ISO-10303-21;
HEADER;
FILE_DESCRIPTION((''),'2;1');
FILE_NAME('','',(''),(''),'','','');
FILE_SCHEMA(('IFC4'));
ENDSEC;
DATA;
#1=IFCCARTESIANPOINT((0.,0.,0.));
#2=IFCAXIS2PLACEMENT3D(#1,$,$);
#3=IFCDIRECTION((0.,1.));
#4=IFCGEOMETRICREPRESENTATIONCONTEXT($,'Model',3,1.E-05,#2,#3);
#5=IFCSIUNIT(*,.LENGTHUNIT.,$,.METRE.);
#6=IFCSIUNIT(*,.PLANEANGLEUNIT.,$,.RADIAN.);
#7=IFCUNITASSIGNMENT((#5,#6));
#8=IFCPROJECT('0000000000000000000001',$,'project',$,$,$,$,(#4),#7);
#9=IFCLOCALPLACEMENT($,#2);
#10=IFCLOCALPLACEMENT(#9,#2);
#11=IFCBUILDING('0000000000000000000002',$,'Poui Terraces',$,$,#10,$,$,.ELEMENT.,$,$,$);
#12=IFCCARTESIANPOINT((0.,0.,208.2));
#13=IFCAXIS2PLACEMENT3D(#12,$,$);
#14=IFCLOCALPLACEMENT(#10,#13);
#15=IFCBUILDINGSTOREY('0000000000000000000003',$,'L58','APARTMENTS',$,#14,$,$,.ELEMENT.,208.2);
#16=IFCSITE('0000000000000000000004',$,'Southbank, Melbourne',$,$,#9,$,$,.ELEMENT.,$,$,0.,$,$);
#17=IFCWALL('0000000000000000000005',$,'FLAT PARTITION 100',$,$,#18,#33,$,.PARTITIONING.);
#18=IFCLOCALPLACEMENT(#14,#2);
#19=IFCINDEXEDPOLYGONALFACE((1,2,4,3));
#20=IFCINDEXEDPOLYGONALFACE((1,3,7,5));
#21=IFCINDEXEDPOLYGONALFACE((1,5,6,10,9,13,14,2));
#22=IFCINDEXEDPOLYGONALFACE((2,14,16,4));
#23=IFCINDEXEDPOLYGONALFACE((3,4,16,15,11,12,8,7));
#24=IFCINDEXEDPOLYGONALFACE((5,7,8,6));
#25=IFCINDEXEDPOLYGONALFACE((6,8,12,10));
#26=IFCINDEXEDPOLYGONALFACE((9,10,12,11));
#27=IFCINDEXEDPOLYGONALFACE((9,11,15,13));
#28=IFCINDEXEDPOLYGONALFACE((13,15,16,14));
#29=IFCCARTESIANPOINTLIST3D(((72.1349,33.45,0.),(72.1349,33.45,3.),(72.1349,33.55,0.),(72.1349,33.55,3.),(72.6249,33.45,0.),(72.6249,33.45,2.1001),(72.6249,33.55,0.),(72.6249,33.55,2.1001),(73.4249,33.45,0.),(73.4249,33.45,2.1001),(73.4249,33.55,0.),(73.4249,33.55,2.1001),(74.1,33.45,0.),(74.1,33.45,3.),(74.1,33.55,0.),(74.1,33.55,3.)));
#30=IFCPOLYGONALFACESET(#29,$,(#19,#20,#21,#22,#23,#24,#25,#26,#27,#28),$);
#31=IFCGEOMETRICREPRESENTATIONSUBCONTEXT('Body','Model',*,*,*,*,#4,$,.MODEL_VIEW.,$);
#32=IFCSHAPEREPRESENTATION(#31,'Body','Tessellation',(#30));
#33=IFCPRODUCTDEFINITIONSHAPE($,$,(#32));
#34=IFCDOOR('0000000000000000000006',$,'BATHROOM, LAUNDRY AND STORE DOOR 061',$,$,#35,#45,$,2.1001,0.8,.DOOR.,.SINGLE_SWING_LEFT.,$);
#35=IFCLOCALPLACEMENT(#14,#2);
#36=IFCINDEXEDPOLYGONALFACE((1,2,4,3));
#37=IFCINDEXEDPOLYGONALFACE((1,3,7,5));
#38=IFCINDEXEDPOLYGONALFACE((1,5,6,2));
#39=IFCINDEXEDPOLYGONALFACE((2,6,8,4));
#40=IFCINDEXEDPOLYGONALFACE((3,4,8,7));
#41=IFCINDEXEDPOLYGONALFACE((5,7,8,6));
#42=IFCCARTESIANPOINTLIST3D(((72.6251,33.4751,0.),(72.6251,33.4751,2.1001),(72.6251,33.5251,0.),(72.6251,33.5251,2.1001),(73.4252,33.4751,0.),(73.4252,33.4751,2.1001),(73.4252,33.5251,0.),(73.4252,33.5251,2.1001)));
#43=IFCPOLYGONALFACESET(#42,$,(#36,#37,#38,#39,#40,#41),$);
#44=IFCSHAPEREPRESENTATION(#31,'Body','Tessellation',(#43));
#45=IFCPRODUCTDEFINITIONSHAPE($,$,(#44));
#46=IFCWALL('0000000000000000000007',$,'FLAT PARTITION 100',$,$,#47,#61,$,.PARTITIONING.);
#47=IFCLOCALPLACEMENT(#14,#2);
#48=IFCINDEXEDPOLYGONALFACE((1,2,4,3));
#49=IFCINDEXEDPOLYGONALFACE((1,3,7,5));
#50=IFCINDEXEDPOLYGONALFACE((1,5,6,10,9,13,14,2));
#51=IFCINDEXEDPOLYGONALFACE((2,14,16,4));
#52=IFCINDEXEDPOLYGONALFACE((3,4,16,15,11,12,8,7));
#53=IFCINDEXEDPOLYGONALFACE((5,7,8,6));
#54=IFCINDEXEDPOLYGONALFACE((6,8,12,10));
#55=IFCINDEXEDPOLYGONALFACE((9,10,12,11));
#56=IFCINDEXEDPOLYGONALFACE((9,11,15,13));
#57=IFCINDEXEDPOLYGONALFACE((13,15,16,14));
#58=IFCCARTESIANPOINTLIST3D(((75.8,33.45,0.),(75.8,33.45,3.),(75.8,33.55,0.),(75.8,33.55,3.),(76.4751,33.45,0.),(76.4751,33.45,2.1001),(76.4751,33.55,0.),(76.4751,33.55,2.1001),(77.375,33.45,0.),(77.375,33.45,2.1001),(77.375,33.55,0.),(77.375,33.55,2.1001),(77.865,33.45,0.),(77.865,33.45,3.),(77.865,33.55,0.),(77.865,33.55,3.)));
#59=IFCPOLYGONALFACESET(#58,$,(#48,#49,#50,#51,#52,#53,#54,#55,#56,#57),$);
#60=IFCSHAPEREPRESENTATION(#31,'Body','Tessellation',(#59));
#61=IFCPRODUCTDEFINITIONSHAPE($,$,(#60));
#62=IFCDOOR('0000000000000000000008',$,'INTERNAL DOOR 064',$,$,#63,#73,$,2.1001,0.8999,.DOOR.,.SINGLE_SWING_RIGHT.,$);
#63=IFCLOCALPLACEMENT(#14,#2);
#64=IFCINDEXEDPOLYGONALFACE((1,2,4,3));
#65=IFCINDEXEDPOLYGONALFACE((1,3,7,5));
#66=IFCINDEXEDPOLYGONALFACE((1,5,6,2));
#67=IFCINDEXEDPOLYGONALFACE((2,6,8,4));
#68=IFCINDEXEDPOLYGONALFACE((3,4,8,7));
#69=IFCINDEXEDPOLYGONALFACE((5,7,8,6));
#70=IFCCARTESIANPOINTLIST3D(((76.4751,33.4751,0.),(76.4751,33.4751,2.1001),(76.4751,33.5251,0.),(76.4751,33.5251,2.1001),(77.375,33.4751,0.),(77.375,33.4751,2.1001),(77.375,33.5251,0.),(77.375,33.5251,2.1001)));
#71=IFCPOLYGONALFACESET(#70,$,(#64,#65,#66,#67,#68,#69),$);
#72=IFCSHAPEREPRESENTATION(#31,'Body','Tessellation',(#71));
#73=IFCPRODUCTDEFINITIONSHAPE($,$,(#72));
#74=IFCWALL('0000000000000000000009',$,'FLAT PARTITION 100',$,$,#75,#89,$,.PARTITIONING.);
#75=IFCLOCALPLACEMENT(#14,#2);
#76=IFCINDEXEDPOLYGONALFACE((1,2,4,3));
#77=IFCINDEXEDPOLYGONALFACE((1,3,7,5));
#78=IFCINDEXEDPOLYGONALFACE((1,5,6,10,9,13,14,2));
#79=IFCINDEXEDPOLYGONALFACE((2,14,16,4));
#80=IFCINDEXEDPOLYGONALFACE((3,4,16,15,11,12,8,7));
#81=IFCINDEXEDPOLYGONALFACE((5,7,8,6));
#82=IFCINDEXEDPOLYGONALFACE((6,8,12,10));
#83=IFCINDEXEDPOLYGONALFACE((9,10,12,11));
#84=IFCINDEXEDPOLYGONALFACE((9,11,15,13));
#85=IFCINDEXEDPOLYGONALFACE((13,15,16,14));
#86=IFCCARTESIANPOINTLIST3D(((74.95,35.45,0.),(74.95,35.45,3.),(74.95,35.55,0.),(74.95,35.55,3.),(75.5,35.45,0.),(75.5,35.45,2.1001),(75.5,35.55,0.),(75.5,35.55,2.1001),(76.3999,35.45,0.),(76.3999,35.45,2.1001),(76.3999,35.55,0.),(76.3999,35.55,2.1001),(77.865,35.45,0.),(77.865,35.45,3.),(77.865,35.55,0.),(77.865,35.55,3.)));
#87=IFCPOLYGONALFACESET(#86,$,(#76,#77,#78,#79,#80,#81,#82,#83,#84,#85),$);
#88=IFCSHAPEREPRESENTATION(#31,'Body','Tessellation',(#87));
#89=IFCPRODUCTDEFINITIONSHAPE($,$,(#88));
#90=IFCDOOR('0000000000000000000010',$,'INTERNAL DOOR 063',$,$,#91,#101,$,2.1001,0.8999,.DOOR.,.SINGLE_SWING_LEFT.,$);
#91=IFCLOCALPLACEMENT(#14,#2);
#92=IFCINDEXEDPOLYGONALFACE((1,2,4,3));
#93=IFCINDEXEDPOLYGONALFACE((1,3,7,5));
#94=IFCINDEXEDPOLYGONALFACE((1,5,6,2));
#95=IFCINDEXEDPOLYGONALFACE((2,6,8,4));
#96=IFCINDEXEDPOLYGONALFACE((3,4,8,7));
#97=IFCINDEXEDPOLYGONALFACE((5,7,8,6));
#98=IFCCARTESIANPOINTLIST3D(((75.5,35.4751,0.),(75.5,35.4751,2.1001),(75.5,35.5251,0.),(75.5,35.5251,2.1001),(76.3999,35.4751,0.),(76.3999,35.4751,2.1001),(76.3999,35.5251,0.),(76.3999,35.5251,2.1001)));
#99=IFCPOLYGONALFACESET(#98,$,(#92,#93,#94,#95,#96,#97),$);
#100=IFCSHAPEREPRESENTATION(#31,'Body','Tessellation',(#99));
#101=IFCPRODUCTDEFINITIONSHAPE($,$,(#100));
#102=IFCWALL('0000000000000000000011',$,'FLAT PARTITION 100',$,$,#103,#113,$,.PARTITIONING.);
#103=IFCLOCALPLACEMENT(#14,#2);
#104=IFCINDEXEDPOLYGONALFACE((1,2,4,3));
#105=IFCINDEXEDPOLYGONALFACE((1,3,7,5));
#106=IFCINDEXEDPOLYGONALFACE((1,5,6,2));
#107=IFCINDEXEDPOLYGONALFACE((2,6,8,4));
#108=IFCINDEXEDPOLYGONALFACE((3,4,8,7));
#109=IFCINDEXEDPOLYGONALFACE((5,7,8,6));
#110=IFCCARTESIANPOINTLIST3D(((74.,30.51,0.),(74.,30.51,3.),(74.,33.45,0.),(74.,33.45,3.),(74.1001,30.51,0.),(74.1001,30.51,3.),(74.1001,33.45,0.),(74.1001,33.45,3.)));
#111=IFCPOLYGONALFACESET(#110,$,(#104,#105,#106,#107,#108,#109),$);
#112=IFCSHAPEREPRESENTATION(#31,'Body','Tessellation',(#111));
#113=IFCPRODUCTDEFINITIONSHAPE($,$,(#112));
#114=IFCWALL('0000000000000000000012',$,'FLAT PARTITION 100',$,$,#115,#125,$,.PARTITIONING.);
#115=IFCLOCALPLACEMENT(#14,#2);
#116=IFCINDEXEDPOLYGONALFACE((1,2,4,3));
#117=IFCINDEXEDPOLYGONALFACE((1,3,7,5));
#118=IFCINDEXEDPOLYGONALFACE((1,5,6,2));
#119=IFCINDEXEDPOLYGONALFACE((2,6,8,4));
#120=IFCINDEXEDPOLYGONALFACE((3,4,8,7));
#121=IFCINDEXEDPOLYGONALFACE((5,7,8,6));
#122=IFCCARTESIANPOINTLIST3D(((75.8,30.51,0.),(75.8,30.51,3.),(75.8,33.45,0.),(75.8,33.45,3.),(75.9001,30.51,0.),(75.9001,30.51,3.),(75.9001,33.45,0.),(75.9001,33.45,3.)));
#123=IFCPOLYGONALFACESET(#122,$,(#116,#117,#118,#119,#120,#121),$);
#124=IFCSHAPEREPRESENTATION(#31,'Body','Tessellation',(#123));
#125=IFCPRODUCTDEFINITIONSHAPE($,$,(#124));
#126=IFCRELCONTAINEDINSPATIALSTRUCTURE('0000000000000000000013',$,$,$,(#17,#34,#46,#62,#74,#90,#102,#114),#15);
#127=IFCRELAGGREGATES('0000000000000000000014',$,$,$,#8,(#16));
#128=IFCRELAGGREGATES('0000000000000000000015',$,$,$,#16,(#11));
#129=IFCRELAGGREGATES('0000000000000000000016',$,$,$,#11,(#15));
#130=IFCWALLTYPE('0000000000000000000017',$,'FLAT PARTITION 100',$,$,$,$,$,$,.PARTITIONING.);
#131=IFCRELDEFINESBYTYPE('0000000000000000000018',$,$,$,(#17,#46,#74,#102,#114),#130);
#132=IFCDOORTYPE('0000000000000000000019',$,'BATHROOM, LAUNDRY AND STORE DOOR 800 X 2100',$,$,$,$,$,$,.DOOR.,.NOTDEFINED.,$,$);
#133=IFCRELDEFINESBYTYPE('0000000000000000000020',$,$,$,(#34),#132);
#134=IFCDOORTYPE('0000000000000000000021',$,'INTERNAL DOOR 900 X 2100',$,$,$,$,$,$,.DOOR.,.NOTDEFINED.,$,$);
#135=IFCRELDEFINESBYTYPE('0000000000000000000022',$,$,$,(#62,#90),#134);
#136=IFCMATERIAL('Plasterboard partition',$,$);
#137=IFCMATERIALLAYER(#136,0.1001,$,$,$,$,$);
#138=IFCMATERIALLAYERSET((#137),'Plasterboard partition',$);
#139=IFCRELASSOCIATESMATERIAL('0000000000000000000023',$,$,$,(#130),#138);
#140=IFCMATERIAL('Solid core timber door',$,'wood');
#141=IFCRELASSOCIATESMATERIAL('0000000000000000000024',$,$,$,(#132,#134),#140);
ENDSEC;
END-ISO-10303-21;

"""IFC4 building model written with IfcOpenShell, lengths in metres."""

from ifc_helpers import new_model, si_unit, direction, frame, frame_2d, origin, place, context, subcontext, project, spatial, rectangle, extrude, material, layer, layer_set, type_object, element, fill, save


model = new_model("IFC4")

# Units and contexts
model_context = context("Model", 3, precision=1e-05, world=origin(), true_north=direction((0.0, 1.0)))
body_context = subcontext(model_context, "Body", "Model", "MODEL_VIEW")
ifc_project = project(units=[si_unit("LENGTHUNIT", "METRE"), si_unit("PLANEANGLEUNIT", "RADIAN")], contexts=[model_context])

# Site, building, storey
site_placement = place(None, origin())
site = spatial("IfcSite", under=ifc_project, at=site_placement, Name="Southbank, Melbourne", CompositionType="ELEMENT", RefElevation=0.0)
building_placement = place(site_placement, origin())
building = spatial("IfcBuilding", under=site, at=building_placement, Name="Poui Terraces", CompositionType="ELEMENT")
storey_placement = place(building_placement, frame((0.0, 0.0, 208.2)))
storey = spatial("IfcBuildingStorey", under=building, at=storey_placement, Name="L58", Description="APARTMENTS", CompositionType="ELEMENT", Elevation=208.2)

# Walls, openings, doors
ifc_material_1 = material(Name="Plasterboard partition")
ifc_layer = layer(ifc_material_1, 0.1001)
ifc_layer_set = layer_set([ifc_layer], Name="Plasterboard partition")
wall_type = type_object("IfcWallType", Name="FLAT PARTITION 100", PredefinedType="PARTITIONING", material=ifc_layer_set)
wall_1_placement = place(storey_placement, frame((72.135, 33.5, 0.0), z_axis=(0.0, 0.0, 1.0), x_axis=(1.0, 0.0, 0.0)))
wall_1 = element("IfcWall", 1, at=wall_1_placement, inside=storey, type_object=wall_type, Name="FLAT PARTITION 100", PredefinedType="PARTITIONING", context=body_context, shape_type="SweptSolid", body=[
    extrude(rectangle(XDim=1.9651, YDim=0.1001, at=frame_2d((0.9824, 0.0))), origin(), (0.0, 0.0, 1.0), 3.0),
])
opening_1_placement = place(wall_1_placement, frame((0.49, 0.0, 0.0)))
opening_1 = element("IfcOpeningElement", 2, at=opening_1_placement, cuts=wall_1, PredefinedType="OPENING", context=body_context, shape_type="SweptSolid", body=[
    extrude(rectangle(XDim=0.8, YDim=2.1001, at=frame_2d((0.3999, 1.05))), frame((0.0, 0.0601, 0.0), z_axis=(0.0, -1.0, 0.0), x_axis=(1.0, 0.0, 0.0)), (0.0, 0.0, 1.0), 0.1201),
])
ifc_material_2 = material(Name="Solid core timber door", Category="wood")
door_type_1 = type_object("IfcDoorType", Name="BATHROOM, LAUNDRY AND STORE DOOR 800 X 2100", OperationType="NOTDEFINED", PredefinedType="DOOR", material=ifc_material_2)
door_1_placement = place(opening_1_placement, frame((0.8, 0.0, 0.0), z_axis=(0.0, 0.0, 1.0), x_axis=(-1.0, 0.0, 0.0)))
door_1 = element("IfcDoor", 3, at=door_1_placement, inside=storey, type_object=door_type_1, Name="BATHROOM, LAUNDRY AND STORE DOOR 061", OperationType="SINGLE_SWING_LEFT", OverallHeight=2.1001, OverallWidth=0.8, PredefinedType="DOOR", context=body_context, shape_type="SweptSolid", body=[
    extrude(rectangle(XDim=0.8, YDim=2.1001, at=frame_2d((0.3999, 1.05))), frame((0.0, 0.0249, 0.0), z_axis=(0.0, -1.0, 0.0), x_axis=(1.0, 0.0, 0.0)), (0.0, 0.0, 1.0), 0.05),
])
fill(opening_1, door_1)
wall_2_placement = place(storey_placement, frame((75.8, 33.5, 0.0), z_axis=(0.0, 0.0, 1.0), x_axis=(1.0, 0.0, 0.0)))
wall_2 = element("IfcWall", 4, at=wall_2_placement, inside=storey, type_object=wall_type, Name="FLAT PARTITION 100", PredefinedType="PARTITIONING", context=body_context, shape_type="SweptSolid", body=[
    extrude(rectangle(XDim=2.0649, YDim=0.1001, at=frame_2d((1.0325, 0.0))), origin(), (0.0, 0.0, 1.0), 3.0),
])
opening_2_placement = place(wall_2_placement, frame((0.675, 0.0, 0.0)))
opening_2 = element("IfcOpeningElement", 5, at=opening_2_placement, cuts=wall_2, PredefinedType="OPENING", context=body_context, shape_type="SweptSolid", body=[
    extrude(rectangle(XDim=0.8999, YDim=2.1001, at=frame_2d((0.45, 1.05))), frame((0.0, 0.0601, 0.0), z_axis=(0.0, -1.0, 0.0), x_axis=(1.0, 0.0, 0.0)), (0.0, 0.0, 1.0), 0.1201),
])
door_type_2 = type_object("IfcDoorType", Name="INTERNAL DOOR 900 X 2100", OperationType="NOTDEFINED", PredefinedType="DOOR", material=ifc_material_2)
door_2_placement = place(opening_2_placement, frame((0.8999, 0.0, 0.0), z_axis=(0.0, 0.0, 1.0), x_axis=(-1.0, 0.0, 0.0)))
door_2 = element("IfcDoor", 6, at=door_2_placement, inside=storey, type_object=door_type_2, Name="INTERNAL DOOR 064", OperationType="SINGLE_SWING_RIGHT", OverallHeight=2.1001, OverallWidth=0.8999, PredefinedType="DOOR", context=body_context, shape_type="SweptSolid", body=[
    extrude(rectangle(XDim=0.8999, YDim=2.1001, at=frame_2d((0.45, 1.05))), frame((0.0, 0.0249, 0.0), z_axis=(0.0, -1.0, 0.0), x_axis=(1.0, 0.0, 0.0)), (0.0, 0.0, 1.0), 0.05),
])
fill(opening_2, door_2)
wall_3_placement = place(storey_placement, frame((74.95, 35.5, 0.0), z_axis=(0.0, 0.0, 1.0), x_axis=(1.0, 0.0, 0.0)))
wall_3 = element("IfcWall", 7, at=wall_3_placement, inside=storey, type_object=wall_type, Name="FLAT PARTITION 100", PredefinedType="PARTITIONING", context=body_context, shape_type="SweptSolid", body=[
    extrude(rectangle(XDim=2.915, YDim=0.1001, at=frame_2d((1.4575, 0.0))), origin(), (0.0, 0.0, 1.0), 3.0),
])
opening_3_placement = place(wall_3_placement, frame((0.55, 0.0, 0.0)))
opening_3 = element("IfcOpeningElement", 8, at=opening_3_placement, cuts=wall_3, PredefinedType="OPENING", context=body_context, shape_type="SweptSolid", body=[
    extrude(rectangle(XDim=0.8999, YDim=2.1001, at=frame_2d((0.45, 1.05))), frame((0.0, 0.0601, 0.0), z_axis=(0.0, -1.0, 0.0), x_axis=(1.0, 0.0, 0.0)), (0.0, 0.0, 1.0), 0.1201),
])
door_3_placement = place(opening_3_placement, frame((0.8999, 0.0, 0.0), z_axis=(0.0, 0.0, 1.0), x_axis=(-1.0, 0.0, 0.0)))
door_3 = element("IfcDoor", 9, at=door_3_placement, inside=storey, type_object=door_type_2, Name="INTERNAL DOOR 063", OperationType="SINGLE_SWING_LEFT", OverallHeight=2.1001, OverallWidth=0.8999, PredefinedType="DOOR", context=body_context, shape_type="SweptSolid", body=[
    extrude(rectangle(XDim=0.8999, YDim=2.1001, at=frame_2d((0.45, 1.05))), frame((0.0, 0.0249, 0.0), z_axis=(0.0, -1.0, 0.0), x_axis=(1.0, 0.0, 0.0)), (0.0, 0.0, 1.0), 0.05),
])
fill(opening_3, door_3)

# Walls
for number, where, z_axis, x_axis, name in (
    (10, (74.05, 30.51, 0.0), (0.0, 0.0, 1.0), (0.0, 1.0, 0.0), "FLAT PARTITION 100"),
    (11, (75.8501, 30.51, 0.0), (0.0, 0.0, 1.0), (0.0, 1.0, 0.0), "FLAT PARTITION 100"),
):
    element("IfcWall", number, at=place(storey_placement, frame(where, z_axis=z_axis, x_axis=x_axis)), inside=storey, type_object=wall_type, Name=name, PredefinedType="PARTITIONING", context=body_context, shape_type="SweptSolid", body=[
        extrude(rectangle(XDim=2.9399, YDim=0.1001, at=frame_2d((1.47, 0.0))), origin(), (0.0, 0.0, 1.0), 3.0),
    ])

save(model, "model.ifc")
